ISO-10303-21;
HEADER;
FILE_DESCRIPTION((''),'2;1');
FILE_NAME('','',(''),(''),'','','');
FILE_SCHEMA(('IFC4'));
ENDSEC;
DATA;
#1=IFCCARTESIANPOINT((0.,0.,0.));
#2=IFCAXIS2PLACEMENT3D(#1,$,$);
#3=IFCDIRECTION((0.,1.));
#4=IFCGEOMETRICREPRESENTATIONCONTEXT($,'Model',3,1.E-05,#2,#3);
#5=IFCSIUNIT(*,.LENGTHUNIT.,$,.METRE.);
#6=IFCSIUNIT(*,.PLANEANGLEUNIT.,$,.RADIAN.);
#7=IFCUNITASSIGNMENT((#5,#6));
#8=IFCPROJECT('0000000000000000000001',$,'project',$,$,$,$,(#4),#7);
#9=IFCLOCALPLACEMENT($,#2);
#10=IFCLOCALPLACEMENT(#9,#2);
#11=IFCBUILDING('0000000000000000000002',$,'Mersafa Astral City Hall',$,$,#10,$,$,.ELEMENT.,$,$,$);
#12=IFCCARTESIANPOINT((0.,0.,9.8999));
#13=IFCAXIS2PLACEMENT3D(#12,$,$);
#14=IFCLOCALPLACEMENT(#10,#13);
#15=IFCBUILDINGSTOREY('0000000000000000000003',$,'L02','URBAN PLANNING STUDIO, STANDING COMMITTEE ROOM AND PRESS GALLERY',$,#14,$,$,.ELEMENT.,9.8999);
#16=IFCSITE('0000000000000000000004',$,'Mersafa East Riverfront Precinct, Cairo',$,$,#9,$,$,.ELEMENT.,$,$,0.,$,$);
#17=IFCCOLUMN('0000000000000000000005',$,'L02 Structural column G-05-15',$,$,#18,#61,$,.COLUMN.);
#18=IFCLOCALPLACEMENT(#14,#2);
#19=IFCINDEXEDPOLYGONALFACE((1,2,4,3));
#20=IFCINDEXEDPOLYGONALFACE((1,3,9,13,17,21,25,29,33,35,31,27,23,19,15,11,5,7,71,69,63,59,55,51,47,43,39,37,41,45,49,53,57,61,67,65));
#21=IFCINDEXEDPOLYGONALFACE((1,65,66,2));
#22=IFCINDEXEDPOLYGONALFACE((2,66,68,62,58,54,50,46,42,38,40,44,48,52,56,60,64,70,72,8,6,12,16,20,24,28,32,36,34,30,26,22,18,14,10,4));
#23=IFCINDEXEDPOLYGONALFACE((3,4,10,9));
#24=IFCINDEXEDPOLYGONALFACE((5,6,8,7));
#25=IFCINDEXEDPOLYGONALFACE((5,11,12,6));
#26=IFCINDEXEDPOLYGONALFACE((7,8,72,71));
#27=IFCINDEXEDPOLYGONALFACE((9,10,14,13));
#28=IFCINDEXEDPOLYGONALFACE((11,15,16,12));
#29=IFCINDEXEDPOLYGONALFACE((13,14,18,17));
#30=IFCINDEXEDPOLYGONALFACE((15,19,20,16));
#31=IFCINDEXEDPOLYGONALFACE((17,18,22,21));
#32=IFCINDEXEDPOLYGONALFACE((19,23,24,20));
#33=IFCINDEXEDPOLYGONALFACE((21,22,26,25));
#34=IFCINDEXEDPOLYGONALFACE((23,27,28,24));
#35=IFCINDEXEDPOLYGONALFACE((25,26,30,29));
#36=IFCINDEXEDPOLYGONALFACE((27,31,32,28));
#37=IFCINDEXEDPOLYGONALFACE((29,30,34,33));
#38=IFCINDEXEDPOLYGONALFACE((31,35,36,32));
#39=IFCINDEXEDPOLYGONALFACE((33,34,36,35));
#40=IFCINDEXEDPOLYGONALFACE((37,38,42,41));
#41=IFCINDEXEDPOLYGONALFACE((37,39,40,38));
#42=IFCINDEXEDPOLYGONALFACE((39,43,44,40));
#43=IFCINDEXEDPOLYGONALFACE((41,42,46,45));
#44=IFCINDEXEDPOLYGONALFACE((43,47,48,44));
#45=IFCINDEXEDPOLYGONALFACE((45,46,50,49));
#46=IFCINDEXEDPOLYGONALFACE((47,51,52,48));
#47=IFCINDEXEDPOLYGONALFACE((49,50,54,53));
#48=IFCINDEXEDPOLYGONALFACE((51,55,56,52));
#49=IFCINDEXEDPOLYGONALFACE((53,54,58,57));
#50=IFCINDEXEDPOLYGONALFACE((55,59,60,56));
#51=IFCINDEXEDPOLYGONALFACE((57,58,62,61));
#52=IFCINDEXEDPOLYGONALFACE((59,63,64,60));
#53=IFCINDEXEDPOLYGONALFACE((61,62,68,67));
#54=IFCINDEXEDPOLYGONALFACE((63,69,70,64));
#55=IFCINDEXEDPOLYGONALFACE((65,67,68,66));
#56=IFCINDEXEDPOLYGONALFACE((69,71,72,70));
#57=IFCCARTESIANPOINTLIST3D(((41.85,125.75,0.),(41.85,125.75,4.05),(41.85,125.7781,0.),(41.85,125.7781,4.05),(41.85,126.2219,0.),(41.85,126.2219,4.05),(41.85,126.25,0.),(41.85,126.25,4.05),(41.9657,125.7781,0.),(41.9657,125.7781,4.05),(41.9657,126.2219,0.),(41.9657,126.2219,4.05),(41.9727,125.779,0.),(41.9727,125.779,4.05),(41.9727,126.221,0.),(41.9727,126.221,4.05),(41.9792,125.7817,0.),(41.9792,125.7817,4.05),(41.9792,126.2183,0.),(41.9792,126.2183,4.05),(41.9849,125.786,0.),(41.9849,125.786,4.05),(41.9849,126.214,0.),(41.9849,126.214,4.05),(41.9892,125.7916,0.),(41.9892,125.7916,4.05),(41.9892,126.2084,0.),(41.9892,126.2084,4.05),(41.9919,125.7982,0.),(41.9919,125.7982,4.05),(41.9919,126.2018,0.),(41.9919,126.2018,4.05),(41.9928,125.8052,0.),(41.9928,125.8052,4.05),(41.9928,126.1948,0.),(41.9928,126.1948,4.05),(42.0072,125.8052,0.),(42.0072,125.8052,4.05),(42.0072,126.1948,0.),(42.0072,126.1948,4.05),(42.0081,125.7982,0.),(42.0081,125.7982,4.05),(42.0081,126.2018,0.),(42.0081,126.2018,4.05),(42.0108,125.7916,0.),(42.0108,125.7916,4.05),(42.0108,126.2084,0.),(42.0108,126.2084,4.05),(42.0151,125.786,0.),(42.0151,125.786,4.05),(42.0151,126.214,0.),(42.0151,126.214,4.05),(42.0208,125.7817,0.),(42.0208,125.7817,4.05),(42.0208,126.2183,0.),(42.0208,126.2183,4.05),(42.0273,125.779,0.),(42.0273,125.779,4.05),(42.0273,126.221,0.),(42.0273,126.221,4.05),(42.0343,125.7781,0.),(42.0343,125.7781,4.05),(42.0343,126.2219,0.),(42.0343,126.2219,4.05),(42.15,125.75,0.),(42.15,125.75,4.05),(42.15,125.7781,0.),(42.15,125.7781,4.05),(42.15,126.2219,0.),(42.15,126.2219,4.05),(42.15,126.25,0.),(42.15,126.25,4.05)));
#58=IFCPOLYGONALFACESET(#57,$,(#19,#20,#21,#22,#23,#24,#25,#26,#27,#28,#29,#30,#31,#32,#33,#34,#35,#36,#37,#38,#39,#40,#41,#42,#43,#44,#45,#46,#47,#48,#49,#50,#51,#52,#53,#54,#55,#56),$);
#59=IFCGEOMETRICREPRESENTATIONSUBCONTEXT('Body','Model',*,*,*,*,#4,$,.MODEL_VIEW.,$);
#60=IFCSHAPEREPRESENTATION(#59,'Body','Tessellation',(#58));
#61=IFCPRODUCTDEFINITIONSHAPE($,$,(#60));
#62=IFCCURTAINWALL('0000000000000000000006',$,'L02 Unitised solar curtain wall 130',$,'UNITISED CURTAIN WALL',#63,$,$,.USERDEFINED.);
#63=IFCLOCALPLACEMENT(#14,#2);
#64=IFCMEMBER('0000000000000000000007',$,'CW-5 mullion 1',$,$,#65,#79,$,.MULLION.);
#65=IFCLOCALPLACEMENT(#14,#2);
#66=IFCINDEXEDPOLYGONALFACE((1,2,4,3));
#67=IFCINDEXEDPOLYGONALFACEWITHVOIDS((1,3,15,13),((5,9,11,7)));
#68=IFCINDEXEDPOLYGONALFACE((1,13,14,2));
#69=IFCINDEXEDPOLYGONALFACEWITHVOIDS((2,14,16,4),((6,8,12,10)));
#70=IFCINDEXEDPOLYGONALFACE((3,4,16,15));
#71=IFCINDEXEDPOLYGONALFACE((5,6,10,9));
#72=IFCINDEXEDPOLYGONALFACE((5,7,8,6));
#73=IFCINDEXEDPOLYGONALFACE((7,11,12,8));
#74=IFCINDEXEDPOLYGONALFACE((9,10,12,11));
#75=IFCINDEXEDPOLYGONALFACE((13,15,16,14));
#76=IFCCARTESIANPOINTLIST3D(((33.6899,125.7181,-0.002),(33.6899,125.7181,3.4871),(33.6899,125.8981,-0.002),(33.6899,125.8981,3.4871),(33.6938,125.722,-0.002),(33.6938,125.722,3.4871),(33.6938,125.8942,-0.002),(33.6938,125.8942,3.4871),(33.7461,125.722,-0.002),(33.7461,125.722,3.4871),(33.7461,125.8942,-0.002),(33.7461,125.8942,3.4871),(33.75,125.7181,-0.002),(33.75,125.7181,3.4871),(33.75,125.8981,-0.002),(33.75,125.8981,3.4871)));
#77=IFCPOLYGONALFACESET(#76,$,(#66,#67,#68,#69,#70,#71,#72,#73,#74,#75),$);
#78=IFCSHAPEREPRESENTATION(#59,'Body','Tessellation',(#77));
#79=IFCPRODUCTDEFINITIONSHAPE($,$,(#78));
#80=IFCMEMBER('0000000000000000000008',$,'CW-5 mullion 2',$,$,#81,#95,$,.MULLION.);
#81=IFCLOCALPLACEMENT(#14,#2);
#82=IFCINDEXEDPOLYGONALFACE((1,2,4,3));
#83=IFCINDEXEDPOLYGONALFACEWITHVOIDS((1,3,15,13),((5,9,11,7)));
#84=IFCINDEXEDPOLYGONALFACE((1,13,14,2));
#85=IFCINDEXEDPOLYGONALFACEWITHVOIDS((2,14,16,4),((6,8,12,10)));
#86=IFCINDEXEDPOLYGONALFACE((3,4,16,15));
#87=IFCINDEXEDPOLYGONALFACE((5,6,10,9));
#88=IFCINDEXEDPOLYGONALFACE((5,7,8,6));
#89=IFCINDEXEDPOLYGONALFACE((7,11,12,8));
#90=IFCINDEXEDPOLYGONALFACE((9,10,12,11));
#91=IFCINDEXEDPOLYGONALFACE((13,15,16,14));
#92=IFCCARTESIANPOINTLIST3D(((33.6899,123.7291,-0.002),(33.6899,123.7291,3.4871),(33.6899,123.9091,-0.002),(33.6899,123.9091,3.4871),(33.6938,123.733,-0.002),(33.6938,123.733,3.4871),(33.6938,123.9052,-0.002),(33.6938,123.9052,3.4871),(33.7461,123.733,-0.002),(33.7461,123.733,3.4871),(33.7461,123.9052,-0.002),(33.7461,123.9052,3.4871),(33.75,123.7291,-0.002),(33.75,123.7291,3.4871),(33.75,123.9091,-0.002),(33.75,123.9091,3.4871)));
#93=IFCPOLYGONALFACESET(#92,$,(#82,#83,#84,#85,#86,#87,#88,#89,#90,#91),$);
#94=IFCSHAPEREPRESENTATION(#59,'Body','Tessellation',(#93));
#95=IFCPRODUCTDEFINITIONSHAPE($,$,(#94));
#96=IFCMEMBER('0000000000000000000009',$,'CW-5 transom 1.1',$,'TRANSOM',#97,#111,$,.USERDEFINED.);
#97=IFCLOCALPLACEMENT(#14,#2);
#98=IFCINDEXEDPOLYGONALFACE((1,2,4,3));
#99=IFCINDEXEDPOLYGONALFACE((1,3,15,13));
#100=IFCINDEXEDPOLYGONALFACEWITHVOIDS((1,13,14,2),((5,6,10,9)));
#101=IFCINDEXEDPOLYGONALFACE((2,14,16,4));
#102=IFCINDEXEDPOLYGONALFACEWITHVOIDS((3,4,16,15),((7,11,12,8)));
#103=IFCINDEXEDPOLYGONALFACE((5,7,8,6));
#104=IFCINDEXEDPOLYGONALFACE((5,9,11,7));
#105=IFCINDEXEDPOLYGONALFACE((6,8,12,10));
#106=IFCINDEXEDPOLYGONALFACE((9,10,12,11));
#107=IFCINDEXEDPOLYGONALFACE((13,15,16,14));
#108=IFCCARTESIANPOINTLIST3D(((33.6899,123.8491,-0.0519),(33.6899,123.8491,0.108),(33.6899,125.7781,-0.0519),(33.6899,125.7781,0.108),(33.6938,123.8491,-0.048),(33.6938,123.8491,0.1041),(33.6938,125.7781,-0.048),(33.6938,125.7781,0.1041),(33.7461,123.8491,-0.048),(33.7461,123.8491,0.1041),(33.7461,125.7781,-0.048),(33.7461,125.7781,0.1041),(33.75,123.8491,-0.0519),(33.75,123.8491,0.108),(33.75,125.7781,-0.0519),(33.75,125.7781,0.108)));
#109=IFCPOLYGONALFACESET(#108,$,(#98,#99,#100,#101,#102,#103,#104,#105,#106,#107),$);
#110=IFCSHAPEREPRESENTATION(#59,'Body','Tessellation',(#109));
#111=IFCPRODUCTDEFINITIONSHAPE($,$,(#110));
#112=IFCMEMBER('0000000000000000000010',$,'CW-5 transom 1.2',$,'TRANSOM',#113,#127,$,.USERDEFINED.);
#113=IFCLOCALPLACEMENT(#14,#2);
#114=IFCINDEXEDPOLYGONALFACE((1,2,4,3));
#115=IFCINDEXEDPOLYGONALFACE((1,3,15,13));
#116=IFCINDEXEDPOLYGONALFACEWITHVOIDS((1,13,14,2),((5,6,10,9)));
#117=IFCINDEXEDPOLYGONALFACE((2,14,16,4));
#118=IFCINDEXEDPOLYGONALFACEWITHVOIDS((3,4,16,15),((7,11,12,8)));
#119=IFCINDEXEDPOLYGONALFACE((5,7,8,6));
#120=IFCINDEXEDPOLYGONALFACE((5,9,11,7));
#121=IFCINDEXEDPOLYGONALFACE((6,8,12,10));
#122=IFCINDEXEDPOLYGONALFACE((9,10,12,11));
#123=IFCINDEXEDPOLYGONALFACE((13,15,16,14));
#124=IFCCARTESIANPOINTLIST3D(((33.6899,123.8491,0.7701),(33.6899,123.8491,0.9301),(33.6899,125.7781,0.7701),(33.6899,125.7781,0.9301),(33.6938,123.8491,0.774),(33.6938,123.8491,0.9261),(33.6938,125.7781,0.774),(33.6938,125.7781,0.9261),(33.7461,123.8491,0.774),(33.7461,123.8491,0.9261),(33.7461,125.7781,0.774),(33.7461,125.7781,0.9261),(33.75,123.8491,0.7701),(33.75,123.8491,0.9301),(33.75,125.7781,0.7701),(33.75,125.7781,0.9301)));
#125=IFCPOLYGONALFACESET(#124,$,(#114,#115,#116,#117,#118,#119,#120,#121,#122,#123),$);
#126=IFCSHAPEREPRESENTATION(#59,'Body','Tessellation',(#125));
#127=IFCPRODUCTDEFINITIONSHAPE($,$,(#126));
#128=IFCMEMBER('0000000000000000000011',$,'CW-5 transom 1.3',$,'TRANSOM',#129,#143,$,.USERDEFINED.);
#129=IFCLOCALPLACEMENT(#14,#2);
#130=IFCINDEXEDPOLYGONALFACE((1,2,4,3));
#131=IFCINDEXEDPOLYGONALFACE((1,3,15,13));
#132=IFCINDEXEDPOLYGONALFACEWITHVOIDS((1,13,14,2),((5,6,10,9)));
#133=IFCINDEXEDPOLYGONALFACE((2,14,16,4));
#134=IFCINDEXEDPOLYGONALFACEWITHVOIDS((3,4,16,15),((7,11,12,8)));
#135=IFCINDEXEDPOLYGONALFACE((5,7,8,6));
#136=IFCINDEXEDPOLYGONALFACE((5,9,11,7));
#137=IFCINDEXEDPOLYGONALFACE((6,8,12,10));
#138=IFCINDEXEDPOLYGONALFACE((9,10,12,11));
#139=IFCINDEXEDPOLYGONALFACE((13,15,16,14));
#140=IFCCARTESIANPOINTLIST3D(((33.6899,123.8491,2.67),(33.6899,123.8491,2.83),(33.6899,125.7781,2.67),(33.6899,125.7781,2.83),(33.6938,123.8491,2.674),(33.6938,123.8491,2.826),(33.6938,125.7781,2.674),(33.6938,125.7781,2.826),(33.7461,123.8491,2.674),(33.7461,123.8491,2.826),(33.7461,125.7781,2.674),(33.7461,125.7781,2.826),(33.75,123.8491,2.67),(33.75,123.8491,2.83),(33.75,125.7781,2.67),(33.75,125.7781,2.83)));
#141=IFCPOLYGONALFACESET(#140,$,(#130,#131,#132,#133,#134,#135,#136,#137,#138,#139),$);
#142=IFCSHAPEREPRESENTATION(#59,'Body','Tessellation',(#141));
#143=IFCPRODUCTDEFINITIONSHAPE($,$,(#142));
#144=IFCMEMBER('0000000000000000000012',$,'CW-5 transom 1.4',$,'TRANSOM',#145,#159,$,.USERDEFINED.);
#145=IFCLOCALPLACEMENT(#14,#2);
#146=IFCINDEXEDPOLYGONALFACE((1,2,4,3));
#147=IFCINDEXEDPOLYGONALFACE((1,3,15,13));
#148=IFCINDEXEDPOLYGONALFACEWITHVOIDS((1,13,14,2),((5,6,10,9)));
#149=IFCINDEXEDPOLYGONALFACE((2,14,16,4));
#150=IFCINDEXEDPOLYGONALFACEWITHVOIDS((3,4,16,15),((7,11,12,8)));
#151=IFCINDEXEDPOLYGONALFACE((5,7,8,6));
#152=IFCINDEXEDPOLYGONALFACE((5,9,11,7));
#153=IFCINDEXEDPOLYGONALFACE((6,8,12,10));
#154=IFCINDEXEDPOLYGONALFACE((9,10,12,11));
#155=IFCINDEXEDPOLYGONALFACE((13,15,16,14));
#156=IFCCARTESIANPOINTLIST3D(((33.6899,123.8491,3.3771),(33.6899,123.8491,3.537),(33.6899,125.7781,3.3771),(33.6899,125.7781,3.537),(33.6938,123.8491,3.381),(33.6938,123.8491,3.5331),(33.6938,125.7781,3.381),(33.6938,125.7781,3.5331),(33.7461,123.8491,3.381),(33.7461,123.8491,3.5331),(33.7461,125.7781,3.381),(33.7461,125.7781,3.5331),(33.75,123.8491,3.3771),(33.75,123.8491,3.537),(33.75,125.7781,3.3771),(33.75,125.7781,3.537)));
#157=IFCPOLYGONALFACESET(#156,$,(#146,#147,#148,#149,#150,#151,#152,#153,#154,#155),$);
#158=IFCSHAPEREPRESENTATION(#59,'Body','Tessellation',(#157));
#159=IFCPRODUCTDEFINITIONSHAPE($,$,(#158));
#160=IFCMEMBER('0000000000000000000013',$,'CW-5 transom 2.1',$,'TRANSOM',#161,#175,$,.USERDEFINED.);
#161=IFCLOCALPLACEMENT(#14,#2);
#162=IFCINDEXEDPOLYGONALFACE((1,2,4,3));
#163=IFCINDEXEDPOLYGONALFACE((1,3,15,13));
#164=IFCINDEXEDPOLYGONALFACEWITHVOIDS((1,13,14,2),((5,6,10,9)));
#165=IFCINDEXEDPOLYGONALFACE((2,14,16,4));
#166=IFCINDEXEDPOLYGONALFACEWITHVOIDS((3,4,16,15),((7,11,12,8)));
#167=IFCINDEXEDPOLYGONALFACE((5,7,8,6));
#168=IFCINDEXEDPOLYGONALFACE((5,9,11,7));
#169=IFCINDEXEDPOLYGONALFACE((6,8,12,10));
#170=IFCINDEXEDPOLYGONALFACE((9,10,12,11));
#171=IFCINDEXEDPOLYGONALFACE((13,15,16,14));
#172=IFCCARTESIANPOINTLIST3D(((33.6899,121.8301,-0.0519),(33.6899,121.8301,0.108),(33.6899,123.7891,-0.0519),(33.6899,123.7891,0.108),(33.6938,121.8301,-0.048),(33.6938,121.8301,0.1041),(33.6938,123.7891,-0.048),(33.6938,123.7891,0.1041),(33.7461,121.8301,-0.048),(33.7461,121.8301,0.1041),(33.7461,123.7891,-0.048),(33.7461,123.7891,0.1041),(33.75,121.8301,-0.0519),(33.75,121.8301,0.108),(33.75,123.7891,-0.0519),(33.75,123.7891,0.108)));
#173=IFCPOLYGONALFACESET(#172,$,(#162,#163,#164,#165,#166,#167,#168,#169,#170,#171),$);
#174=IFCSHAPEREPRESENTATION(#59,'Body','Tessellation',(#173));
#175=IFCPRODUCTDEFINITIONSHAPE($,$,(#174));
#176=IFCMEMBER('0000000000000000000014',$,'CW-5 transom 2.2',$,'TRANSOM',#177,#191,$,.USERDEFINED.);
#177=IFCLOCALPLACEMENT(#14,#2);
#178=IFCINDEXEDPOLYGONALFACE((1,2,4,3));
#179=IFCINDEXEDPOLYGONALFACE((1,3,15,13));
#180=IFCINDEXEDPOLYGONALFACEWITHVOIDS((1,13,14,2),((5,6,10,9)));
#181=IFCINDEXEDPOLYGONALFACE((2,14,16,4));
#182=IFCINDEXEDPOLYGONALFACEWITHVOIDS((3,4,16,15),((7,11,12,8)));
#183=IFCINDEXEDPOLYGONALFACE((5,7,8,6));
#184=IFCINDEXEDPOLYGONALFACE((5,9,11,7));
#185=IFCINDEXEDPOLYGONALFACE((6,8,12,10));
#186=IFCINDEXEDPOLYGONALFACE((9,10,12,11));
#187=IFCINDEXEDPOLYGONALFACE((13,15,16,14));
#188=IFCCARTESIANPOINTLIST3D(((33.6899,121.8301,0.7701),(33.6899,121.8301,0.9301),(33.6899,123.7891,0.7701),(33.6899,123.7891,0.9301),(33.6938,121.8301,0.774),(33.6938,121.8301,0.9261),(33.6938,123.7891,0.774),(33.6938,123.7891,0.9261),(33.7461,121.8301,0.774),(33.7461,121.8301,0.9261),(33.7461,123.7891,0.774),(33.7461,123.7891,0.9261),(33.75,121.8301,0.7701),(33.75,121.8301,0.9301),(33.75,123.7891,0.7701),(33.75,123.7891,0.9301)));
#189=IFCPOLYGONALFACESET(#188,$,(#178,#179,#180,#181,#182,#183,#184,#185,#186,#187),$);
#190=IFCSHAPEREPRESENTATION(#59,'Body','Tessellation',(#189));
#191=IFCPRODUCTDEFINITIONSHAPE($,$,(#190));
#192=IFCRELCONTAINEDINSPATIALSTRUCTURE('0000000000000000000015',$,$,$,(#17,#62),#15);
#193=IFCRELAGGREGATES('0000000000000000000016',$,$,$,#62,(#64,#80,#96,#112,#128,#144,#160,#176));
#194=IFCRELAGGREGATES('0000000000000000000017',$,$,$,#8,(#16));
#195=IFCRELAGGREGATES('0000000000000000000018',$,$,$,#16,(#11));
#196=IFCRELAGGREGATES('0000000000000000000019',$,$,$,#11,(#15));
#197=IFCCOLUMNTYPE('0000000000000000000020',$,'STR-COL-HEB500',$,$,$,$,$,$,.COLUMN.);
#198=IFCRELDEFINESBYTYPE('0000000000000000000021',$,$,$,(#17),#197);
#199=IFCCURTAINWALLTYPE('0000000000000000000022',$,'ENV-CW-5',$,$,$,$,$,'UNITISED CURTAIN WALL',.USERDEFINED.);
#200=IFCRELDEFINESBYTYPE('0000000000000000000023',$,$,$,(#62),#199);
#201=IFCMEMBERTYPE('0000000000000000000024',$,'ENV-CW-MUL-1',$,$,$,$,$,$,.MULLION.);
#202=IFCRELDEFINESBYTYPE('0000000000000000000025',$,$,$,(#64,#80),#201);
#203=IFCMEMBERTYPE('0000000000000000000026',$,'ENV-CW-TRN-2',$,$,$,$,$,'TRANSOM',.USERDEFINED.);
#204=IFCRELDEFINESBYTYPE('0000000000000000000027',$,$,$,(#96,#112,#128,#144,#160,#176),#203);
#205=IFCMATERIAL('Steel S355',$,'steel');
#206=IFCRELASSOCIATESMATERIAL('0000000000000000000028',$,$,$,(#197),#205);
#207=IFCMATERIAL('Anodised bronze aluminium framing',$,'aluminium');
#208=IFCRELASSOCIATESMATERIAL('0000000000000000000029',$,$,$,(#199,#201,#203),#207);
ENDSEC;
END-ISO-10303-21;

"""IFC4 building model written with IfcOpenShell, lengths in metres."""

from ifc_helpers import new_model, si_unit, direction, frame, origin, origin_2d, place, context, subcontext, project, spatial, hollow_rectangle, i_section, extrude, material, material_profile, profile_set, type_object, element, aggregate, save


model = new_model("IFC4")

# Units and contexts
model_context = context("Model", 3, precision=1e-05, world=origin(), true_north=direction((0.0, 1.0)))
body_context = subcontext(model_context, "Body", "Model", "MODEL_VIEW")
ifc_project = project(units=[si_unit("LENGTHUNIT", "METRE"), si_unit("PLANEANGLEUNIT", "RADIAN")], contexts=[model_context])

# Site, building, storey
site_placement = place(None, origin())
site = spatial("IfcSite", under=ifc_project, at=site_placement, Name="Mersafa East Riverfront Precinct, Cairo", CompositionType="ELEMENT", RefElevation=0.0)
building_placement = place(site_placement, origin())
building = spatial("IfcBuilding", under=site, at=building_placement, Name="Mersafa Astral City Hall", CompositionType="ELEMENT")
storey_placement = place(building_placement, frame((0.0, 0.0, 9.8999)))
storey = spatial("IfcBuildingStorey", under=building, at=storey_placement, Name="L02", Description="URBAN PLANNING STUDIO, STANDING COMMITTEE ROOM AND PRESS GALLERY", CompositionType="ELEMENT", Elevation=9.8999)

# Column
ifc_material_1 = material(Name="Steel S355", Category="steel")
ifc_material_profile_1 = material_profile(ifc_material_1, i_section(OverallWidth=0.3, OverallDepth=0.5, WebThickness=0.0144, FlangeThickness=0.0281, FilletRadius=0.0271, at=origin_2d()), Name="HEB 500")
ifc_profile_set_1 = profile_set([ifc_material_profile_1], Name="Steel S355")
column_type = type_object("IfcColumnType", Name="STR-COL-HEB500", PredefinedType="COLUMN", material=ifc_profile_set_1)
column_placement = place(storey_placement, frame((42.0, 126.0, 0.0), z_axis=(0.0, 0.0, 1.0), x_axis=(1.0, 0.0, 0.0)))
element("IfcColumn", 1, at=column_placement, inside=storey, type_object=column_type, Name="L02 Structural column G-05-15", PredefinedType="COLUMN", context=body_context, shape_type="SweptSolid", body=[
    extrude(i_section(OverallWidth=0.3, OverallDepth=0.5, WebThickness=0.0144, FlangeThickness=0.0281, FilletRadius=0.0271, at=origin_2d()), origin(), (0.0, 0.0, 1.0), 4.05),
])

# Curtain wall, members
ifc_material_2 = material(Name="Anodised bronze aluminium framing", Category="aluminium")
curtain_wall_type = type_object("IfcCurtainWallType", Name="ENV-CW-5", ElementType="UNITISED CURTAIN WALL", PredefinedType="USERDEFINED", material=ifc_material_2)
curtain_wall_placement = place(storey_placement, origin())
curtain_wall = element("IfcCurtainWall", 2, at=curtain_wall_placement, inside=storey, type_object=curtain_wall_type, Name="L02 Unitised solar curtain wall 130", ObjectType="UNITISED CURTAIN WALL", PredefinedType="USERDEFINED")
ifc_material_profile_2 = material_profile(ifc_material_2, hollow_rectangle(XDim=0.0601, YDim=0.1799, WallThickness=0.0039, at=origin_2d()), Name="RHS 60x180x4")
ifc_profile_set_2 = profile_set([ifc_material_profile_2], Name="Anodised bronze aluminium framing")
member_type_1 = type_object("IfcMemberType", Name="ENV-CW-MUL-1", PredefinedType="MULLION", material=ifc_profile_set_2)
member_1_placement = place(storey_placement, frame((33.72, 125.8081, -0.002), z_axis=(0.0, 0.0, 1.0), x_axis=(1.0, 0.0, 0.0)))
member_1 = element("IfcMember", 3, at=member_1_placement, type_object=member_type_1, Name="CW-5 mullion 1", PredefinedType="MULLION", context=body_context, shape_type="SweptSolid", body=[
    extrude(hollow_rectangle(XDim=0.0601, YDim=0.1799, WallThickness=0.0039, at=origin_2d()), origin(), (0.0, 0.0, 1.0), 3.489),
])
member_2_placement = place(storey_placement, frame((33.72, 123.8191, -0.002), z_axis=(0.0, 0.0, 1.0), x_axis=(1.0, 0.0, 0.0)))
member_2 = element("IfcMember", 4, at=member_2_placement, type_object=member_type_1, Name="CW-5 mullion 2", PredefinedType="MULLION", context=body_context, shape_type="SweptSolid", body=[
    extrude(hollow_rectangle(XDim=0.0601, YDim=0.1799, WallThickness=0.0039, at=origin_2d()), origin(), (0.0, 0.0, 1.0), 3.489),
])
ifc_material_profile_3 = material_profile(ifc_material_2, hollow_rectangle(XDim=0.0601, YDim=0.1599, WallThickness=0.0039, at=origin_2d()), Name="RHS 60x160x4")
ifc_profile_set_3 = profile_set([ifc_material_profile_3], Name="Anodised bronze aluminium framing")
member_type_2 = type_object("IfcMemberType", Name="ENV-CW-TRN-2", ElementType="TRANSOM", PredefinedType="USERDEFINED", material=ifc_profile_set_3)
member_3_placement = place(storey_placement, frame((33.72, 125.7781, 0.0281), z_axis=(0.0, -1.0, 0.0), x_axis=(1.0, 0.0, 0.0)))
member_3 = element("IfcMember", 5, at=member_3_placement, type_object=member_type_2, Name="CW-5 transom 1.1", ObjectType="TRANSOM", PredefinedType="USERDEFINED", context=body_context, shape_type="SweptSolid", body=[
    extrude(hollow_rectangle(XDim=0.0601, YDim=0.1599, WallThickness=0.0039, at=origin_2d()), origin(), (0.0, 0.0, 1.0), 1.929),
])
member_4_placement = place(storey_placement, frame((33.72, 125.7781, 0.8501), z_axis=(0.0, -1.0, 0.0), x_axis=(1.0, 0.0, 0.0)))
member_4 = element("IfcMember", 6, at=member_4_placement, type_object=member_type_2, Name="CW-5 transom 1.2", ObjectType="TRANSOM", PredefinedType="USERDEFINED", context=body_context, shape_type="SweptSolid", body=[
    extrude(hollow_rectangle(XDim=0.0601, YDim=0.1599, WallThickness=0.0039, at=origin_2d()), origin(), (0.0, 0.0, 1.0), 1.929),
])
member_5_placement = place(storey_placement, frame((33.72, 125.7781, 2.75), z_axis=(0.0, -1.0, 0.0), x_axis=(1.0, 0.0, 0.0)))
member_5 = element("IfcMember", 7, at=member_5_placement, type_object=member_type_2, Name="CW-5 transom 1.3", ObjectType="TRANSOM", PredefinedType="USERDEFINED", context=body_context, shape_type="SweptSolid", body=[
    extrude(hollow_rectangle(XDim=0.0601, YDim=0.1599, WallThickness=0.0039, at=origin_2d()), origin(), (0.0, 0.0, 1.0), 1.929),
])
member_6_placement = place(storey_placement, frame((33.72, 125.7781, 3.457), z_axis=(0.0, -1.0, 0.0), x_axis=(1.0, 0.0, 0.0)))
member_6 = element("IfcMember", 8, at=member_6_placement, type_object=member_type_2, Name="CW-5 transom 1.4", ObjectType="TRANSOM", PredefinedType="USERDEFINED", context=body_context, shape_type="SweptSolid", body=[
    extrude(hollow_rectangle(XDim=0.0601, YDim=0.1599, WallThickness=0.0039, at=origin_2d()), origin(), (0.0, 0.0, 1.0), 1.929),
])
member_7_placement = place(storey_placement, frame((33.72, 123.7891, 0.0281), z_axis=(0.0, -1.0, 0.0), x_axis=(1.0, 0.0, 0.0)))
member_7 = element("IfcMember", 9, at=member_7_placement, type_object=member_type_2, Name="CW-5 transom 2.1", ObjectType="TRANSOM", PredefinedType="USERDEFINED", context=body_context, shape_type="SweptSolid", body=[
    extrude(hollow_rectangle(XDim=0.0601, YDim=0.1599, WallThickness=0.0039, at=origin_2d()), origin(), (0.0, 0.0, 1.0), 1.959),
])
member_8_placement = place(storey_placement, frame((33.72, 123.7891, 0.8501), z_axis=(0.0, -1.0, 0.0), x_axis=(1.0, 0.0, 0.0)))
member_8 = element("IfcMember", 10, at=member_8_placement, type_object=member_type_2, Name="CW-5 transom 2.2", ObjectType="TRANSOM", PredefinedType="USERDEFINED", context=body_context, shape_type="SweptSolid", body=[
    extrude(hollow_rectangle(XDim=0.0601, YDim=0.1599, WallThickness=0.0039, at=origin_2d()), origin(), (0.0, 0.0, 1.0), 1.959),
])

aggregate(curtain_wall, [member_1, member_2, member_3, member_4, member_5, member_6, member_7, member_8])

save(model, "model.ifc")
